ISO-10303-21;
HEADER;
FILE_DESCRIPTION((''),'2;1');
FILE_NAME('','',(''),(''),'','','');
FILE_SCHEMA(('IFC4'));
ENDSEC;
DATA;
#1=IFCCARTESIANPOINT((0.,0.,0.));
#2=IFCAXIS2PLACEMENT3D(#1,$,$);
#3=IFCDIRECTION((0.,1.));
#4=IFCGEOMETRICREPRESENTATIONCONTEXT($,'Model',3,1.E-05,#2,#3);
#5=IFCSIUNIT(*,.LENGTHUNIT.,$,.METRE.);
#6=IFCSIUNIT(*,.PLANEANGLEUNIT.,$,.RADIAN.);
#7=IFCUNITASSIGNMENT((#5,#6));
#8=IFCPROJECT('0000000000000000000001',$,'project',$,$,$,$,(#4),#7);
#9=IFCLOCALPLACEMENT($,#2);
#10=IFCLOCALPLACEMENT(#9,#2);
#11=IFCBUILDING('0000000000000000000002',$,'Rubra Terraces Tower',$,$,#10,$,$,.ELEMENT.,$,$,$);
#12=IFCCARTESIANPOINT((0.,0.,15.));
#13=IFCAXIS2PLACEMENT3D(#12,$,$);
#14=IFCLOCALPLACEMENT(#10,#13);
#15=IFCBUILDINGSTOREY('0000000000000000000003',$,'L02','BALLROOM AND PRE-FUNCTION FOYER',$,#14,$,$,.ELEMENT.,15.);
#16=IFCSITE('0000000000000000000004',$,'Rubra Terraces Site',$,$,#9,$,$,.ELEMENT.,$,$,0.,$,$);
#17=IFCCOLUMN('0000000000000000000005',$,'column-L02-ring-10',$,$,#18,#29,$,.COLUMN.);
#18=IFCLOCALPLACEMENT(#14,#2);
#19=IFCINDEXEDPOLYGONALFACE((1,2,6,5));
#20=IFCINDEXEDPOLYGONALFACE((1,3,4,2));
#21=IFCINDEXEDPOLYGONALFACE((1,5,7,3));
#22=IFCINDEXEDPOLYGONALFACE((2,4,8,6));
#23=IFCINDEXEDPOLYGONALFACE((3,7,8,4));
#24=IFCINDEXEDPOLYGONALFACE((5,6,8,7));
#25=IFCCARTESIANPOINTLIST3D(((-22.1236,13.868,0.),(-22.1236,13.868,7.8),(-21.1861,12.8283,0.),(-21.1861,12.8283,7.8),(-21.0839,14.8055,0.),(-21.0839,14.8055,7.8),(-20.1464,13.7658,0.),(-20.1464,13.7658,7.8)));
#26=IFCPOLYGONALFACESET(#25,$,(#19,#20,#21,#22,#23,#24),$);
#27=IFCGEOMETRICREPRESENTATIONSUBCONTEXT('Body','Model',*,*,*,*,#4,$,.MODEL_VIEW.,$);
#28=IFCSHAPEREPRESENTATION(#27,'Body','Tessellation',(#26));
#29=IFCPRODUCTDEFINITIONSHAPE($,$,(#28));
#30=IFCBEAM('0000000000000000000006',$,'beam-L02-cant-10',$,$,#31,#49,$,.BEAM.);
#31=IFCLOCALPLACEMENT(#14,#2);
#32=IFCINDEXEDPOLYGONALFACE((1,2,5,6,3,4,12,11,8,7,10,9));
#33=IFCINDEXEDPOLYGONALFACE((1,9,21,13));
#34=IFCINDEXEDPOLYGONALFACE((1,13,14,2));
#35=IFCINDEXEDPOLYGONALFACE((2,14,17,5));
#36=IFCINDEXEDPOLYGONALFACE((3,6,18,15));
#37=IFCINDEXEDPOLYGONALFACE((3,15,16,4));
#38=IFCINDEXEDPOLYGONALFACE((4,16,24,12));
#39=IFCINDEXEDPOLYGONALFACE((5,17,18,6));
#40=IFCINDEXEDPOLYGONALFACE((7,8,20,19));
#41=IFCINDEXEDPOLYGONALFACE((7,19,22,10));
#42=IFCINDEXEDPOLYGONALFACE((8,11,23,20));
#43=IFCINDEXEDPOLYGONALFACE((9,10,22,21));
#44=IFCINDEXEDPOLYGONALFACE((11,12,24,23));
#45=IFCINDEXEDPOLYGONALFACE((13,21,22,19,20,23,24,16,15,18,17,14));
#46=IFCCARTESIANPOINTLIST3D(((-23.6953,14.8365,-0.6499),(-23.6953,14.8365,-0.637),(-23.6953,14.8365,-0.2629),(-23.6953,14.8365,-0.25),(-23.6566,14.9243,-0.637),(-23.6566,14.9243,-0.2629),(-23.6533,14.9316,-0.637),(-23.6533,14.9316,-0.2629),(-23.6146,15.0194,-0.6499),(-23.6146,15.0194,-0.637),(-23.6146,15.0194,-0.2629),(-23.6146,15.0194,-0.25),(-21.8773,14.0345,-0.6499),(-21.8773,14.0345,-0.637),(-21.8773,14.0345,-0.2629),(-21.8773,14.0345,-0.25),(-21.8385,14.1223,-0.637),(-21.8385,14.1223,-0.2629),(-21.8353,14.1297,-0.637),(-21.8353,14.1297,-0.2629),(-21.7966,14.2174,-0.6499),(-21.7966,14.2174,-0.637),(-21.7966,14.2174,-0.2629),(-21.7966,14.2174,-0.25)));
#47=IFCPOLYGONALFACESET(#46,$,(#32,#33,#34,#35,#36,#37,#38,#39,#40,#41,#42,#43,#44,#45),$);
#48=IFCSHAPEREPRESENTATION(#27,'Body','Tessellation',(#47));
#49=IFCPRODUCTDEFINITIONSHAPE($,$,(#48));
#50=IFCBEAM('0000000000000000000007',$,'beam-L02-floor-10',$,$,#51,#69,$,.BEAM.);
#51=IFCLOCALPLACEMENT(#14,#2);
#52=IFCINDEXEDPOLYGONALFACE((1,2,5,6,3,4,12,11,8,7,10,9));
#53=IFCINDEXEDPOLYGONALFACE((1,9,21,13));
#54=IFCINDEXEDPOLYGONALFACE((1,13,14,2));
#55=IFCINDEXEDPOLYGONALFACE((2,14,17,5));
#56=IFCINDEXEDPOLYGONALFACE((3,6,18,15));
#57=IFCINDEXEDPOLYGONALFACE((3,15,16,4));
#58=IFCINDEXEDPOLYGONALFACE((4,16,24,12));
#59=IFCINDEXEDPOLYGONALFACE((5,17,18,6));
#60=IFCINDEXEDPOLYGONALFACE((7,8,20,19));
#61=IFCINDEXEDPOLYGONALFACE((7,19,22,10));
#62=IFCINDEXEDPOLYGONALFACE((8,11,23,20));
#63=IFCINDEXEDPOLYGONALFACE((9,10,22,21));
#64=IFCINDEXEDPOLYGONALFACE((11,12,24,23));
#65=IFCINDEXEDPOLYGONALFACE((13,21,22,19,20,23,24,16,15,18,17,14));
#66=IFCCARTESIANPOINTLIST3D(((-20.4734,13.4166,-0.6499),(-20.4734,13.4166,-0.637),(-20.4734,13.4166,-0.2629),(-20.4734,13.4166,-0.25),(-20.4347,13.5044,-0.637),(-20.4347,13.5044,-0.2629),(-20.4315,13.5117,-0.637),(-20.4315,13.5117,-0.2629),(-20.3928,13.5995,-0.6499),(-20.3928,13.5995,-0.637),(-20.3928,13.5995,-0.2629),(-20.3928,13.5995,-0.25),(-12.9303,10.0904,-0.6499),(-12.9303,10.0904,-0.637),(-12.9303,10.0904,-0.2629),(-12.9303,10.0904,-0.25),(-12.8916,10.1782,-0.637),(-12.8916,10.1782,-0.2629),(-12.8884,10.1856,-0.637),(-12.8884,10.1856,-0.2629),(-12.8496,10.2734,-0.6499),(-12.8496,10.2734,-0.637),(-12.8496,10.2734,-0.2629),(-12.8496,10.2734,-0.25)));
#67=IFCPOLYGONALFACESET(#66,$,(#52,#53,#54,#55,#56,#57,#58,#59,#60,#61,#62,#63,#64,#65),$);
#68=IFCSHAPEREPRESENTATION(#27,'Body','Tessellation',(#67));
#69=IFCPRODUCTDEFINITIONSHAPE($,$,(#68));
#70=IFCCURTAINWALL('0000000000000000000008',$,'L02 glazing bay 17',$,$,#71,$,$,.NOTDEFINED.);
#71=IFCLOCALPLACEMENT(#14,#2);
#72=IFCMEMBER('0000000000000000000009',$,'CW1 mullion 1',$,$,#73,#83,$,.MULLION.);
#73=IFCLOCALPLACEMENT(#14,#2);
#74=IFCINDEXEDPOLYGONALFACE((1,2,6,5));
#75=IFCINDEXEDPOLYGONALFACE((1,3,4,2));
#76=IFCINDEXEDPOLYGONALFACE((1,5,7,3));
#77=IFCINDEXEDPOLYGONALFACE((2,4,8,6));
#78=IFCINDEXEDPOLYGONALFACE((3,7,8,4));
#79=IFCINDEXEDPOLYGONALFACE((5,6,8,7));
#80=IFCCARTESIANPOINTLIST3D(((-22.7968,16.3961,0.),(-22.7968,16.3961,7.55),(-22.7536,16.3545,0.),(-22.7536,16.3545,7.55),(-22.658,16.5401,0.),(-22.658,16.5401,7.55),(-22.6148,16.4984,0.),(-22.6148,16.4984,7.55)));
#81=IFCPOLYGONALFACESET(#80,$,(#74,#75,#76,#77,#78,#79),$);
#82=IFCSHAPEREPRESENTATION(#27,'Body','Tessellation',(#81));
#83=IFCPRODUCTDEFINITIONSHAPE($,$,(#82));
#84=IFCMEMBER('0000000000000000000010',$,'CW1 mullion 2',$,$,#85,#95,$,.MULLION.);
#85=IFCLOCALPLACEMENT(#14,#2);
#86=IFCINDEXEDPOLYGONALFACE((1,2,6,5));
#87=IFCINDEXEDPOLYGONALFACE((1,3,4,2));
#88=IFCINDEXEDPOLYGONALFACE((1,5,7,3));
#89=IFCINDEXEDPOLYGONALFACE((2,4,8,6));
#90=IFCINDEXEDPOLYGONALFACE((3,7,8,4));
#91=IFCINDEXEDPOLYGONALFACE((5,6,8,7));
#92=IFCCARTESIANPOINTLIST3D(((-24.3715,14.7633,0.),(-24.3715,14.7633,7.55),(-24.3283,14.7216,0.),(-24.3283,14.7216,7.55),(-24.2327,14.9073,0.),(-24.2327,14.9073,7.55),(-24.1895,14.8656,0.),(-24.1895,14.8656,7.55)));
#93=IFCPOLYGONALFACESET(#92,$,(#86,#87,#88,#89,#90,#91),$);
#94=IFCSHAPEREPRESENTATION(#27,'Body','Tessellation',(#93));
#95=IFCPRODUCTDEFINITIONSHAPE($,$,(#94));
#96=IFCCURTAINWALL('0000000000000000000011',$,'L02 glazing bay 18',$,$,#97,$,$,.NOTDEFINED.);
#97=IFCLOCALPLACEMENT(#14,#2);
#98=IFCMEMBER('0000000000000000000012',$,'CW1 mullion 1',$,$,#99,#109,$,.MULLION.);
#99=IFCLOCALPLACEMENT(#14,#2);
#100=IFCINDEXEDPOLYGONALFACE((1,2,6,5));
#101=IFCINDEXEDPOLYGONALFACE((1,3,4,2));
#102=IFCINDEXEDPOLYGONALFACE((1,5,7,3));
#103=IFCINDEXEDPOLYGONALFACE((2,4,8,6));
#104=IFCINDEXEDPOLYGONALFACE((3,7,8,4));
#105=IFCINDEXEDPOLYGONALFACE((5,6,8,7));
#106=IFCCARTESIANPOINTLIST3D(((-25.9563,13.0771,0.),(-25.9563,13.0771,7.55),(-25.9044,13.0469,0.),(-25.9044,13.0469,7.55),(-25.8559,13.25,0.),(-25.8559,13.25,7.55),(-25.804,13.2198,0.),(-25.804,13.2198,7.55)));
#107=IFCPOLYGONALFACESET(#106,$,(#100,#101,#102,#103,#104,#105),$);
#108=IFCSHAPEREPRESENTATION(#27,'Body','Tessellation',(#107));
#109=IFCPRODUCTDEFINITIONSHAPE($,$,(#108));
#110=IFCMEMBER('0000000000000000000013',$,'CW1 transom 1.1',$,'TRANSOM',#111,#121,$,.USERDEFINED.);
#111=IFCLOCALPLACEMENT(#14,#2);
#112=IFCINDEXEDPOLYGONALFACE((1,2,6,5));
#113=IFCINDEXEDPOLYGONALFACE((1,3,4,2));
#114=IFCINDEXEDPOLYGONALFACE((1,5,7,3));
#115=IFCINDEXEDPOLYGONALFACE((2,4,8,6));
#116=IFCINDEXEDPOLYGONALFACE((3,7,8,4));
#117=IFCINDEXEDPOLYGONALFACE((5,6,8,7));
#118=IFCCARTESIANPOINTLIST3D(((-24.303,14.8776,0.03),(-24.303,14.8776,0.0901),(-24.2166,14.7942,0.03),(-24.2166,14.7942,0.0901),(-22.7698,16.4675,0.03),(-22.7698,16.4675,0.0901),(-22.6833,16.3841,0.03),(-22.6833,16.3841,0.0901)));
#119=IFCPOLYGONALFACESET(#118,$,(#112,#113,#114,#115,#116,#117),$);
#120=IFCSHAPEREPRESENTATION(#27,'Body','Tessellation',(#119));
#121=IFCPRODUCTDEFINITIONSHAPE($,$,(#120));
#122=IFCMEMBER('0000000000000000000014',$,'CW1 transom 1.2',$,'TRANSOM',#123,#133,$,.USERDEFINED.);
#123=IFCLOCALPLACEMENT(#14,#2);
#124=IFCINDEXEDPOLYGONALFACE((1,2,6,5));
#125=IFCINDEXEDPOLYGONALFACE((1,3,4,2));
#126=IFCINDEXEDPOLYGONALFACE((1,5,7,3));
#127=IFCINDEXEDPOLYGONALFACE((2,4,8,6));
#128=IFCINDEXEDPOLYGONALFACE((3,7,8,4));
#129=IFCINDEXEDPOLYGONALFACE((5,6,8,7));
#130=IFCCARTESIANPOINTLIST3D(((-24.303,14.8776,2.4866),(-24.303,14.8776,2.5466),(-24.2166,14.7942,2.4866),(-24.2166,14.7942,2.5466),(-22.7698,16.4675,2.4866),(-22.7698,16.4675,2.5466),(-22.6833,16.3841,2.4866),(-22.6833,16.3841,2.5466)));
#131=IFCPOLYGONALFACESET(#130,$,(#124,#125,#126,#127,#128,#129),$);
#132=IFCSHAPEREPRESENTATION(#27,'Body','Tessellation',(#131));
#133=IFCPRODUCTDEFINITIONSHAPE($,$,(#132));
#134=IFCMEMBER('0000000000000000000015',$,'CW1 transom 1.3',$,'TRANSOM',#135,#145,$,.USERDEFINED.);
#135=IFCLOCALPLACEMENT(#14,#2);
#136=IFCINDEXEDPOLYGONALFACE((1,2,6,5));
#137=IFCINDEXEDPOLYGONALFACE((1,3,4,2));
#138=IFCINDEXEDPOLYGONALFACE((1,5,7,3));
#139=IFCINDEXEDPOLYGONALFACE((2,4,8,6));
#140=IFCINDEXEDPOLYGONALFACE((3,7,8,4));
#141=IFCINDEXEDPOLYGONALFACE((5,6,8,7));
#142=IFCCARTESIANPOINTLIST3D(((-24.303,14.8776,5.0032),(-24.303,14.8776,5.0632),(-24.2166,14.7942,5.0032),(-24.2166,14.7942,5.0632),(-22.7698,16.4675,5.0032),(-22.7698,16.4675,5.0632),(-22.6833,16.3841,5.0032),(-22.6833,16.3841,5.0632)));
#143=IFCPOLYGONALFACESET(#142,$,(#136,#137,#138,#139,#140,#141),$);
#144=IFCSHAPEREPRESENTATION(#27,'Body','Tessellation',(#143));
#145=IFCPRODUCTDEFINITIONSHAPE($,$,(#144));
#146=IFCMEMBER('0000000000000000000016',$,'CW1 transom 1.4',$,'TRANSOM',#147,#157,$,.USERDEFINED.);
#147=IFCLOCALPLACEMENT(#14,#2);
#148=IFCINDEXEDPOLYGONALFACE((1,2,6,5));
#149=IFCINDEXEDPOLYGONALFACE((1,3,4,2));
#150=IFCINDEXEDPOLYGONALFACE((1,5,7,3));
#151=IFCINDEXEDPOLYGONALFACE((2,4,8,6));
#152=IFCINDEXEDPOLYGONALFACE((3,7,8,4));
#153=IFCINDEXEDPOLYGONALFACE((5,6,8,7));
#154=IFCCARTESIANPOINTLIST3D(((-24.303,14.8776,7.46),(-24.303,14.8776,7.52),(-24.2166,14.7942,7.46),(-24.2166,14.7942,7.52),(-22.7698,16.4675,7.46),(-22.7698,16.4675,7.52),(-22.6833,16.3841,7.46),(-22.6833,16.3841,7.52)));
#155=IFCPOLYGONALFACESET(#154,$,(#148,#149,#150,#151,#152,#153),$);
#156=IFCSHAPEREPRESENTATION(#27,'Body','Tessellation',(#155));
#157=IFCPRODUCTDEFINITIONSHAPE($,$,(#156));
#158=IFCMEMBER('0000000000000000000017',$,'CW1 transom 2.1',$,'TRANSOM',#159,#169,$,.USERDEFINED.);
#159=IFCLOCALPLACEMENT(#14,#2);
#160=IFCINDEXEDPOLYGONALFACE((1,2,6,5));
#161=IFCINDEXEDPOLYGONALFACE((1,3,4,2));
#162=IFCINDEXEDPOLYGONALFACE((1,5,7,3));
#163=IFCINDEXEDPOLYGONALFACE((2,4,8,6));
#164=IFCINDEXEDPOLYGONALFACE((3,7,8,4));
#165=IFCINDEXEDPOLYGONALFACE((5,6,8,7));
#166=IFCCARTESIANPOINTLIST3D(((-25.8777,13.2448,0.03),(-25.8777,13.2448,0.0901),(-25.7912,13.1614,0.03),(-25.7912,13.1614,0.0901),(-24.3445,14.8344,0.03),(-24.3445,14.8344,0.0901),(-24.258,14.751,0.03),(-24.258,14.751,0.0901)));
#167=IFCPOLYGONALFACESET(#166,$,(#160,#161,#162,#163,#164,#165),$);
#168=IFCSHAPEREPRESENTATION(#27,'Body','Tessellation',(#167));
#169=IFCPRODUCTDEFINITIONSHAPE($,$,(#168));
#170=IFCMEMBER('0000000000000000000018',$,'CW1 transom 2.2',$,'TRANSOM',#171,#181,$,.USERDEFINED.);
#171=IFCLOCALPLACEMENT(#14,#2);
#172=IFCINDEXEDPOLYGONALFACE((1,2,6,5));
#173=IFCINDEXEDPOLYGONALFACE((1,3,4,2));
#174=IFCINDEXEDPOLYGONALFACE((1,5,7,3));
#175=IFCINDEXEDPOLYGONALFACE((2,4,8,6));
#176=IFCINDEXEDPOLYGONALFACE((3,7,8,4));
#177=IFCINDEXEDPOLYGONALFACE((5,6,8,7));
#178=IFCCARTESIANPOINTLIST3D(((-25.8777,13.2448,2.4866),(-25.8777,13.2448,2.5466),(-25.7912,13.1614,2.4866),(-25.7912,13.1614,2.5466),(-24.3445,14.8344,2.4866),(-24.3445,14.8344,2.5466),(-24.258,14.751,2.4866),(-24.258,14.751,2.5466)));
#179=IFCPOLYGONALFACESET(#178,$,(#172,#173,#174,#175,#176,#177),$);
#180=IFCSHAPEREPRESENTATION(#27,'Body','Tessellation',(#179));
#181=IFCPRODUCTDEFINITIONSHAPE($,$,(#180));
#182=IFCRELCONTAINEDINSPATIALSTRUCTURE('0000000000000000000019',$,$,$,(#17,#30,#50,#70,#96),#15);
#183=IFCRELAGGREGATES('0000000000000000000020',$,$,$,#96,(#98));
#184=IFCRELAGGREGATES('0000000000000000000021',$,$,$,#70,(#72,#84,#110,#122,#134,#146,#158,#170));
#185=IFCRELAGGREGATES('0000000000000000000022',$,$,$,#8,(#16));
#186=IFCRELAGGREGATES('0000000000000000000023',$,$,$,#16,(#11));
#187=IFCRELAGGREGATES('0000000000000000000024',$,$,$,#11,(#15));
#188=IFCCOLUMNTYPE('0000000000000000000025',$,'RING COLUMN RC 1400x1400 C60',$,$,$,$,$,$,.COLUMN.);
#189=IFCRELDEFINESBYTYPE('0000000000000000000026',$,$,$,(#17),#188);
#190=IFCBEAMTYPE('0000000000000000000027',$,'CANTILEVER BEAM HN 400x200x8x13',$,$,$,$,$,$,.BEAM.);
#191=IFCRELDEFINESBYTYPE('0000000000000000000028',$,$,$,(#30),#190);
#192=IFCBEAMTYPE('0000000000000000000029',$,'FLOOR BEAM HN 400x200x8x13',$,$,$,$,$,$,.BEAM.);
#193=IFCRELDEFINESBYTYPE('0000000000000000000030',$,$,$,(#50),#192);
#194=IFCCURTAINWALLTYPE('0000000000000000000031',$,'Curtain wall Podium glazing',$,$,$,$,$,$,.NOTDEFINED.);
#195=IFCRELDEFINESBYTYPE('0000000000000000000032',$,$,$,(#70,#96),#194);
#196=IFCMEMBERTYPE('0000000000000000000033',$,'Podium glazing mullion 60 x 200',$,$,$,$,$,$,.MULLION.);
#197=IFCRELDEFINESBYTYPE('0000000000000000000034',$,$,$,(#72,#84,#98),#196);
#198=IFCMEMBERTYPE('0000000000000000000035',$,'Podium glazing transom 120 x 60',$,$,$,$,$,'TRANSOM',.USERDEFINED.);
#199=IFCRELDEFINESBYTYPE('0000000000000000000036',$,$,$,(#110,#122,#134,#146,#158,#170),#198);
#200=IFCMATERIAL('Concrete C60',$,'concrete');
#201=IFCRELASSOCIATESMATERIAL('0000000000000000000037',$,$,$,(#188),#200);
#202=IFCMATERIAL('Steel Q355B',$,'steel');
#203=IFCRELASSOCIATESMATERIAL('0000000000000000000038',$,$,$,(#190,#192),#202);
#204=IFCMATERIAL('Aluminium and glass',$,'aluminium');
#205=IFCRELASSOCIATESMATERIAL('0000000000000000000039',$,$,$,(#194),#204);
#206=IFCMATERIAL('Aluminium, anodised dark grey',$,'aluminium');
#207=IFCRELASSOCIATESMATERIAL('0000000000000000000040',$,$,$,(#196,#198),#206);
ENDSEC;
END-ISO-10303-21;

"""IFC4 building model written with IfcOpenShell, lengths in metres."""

from ifc_helpers import new_model, si_unit, direction, frame, origin, origin_2d, place, context, subcontext, project, spatial, rectangle, i_section, extrude, material, material_profile, profile_set, type_object, element, aggregate, save


model = new_model("IFC4")

# Units and contexts
model_context = context("Model", 3, precision=1e-05, world=origin(), true_north=direction((0.0, 1.0)))
body_context = subcontext(model_context, "Body", "Model", "MODEL_VIEW")
ifc_project = project(units=[si_unit("LENGTHUNIT", "METRE"), si_unit("PLANEANGLEUNIT", "RADIAN")], contexts=[model_context])

# Site, building, storey
site_placement = place(None, origin())
site = spatial("IfcSite", under=ifc_project, at=site_placement, Name="Rubra Terraces Site", CompositionType="ELEMENT", RefElevation=0.0)
building_placement = place(site_placement, origin())
building = spatial("IfcBuilding", under=site, at=building_placement, Name="Rubra Terraces Tower", CompositionType="ELEMENT")
storey_placement = place(building_placement, frame((0.0, 0.0, 15.0)))
storey = spatial("IfcBuildingStorey", under=building, at=storey_placement, Name="L02", Description="BALLROOM AND PRE-FUNCTION FOYER", CompositionType="ELEMENT", Elevation=15.0)

# Column
ifc_material_1 = material(Name="Concrete C60", Category="concrete")
ifc_material_profile_1 = material_profile(ifc_material_1, rectangle(XDim=1.3999, YDim=1.3999, at=origin_2d()), Name="RC 1400x1400")
ifc_profile_set_1 = profile_set([ifc_material_profile_1], Name="Concrete C60")
column_type = type_object("IfcColumnType", Name="RING COLUMN RC 1400x1400 C60", PredefinedType="COLUMN", material=ifc_profile_set_1)
column_placement = place(storey_placement, frame((-21.135, 13.8169, 0.0), z_axis=(0.0, 0.0, 1.0), x_axis=(-0.742676, -0.669651, 0.0)))
element("IfcColumn", 1, at=column_placement, inside=storey, type_object=column_type, Name="column-L02-ring-10", PredefinedType="COLUMN", context=body_context, shape_type="SweptSolid", body=[
    extrude(rectangle(XDim=1.3999, YDim=1.3999, at=origin_2d()), origin(), (0.0, 0.0, 1.0), 7.8),
])

# Beams
ifc_material_2 = material(Name="Steel Q355B", Category="steel")
ifc_material_profile_2 = material_profile(ifc_material_2, i_section(OverallWidth=0.2, OverallDepth=0.3999, WebThickness=0.0081, FlangeThickness=0.0129, at=origin_2d()), Name="HN 400x200x8x13")
ifc_profile_set_2 = profile_set([ifc_material_profile_2], Name="Steel Q355B")
beam_type_1 = type_object("IfcBeamType", Name="CANTILEVER BEAM HN 400x200x8x13", PredefinedType="BEAM", material=ifc_profile_set_2)
beam_1_placement = place(storey_placement, frame((-21.8369, 14.126, -0.45), z_axis=(-0.914938, 0.403595, 0.0), x_axis=(-0.403595, -0.914938, 0.0)))
element("IfcBeam", 2, at=beam_1_placement, inside=storey, type_object=beam_type_1, Name="beam-L02-cant-10", PredefinedType="BEAM", context=body_context, shape_type="SweptSolid", body=[
    extrude(i_section(OverallWidth=0.2, OverallDepth=0.3999, WebThickness=0.0081, FlangeThickness=0.0129, at=origin_2d()), origin(), (0.0, 0.0, 1.0), 1.9871),
])
ifc_material_profile_3 = material_profile(ifc_material_2, i_section(OverallWidth=0.2, OverallDepth=0.3999, WebThickness=0.0081, FlangeThickness=0.0129, at=origin_2d()), Name="HN 400x200x8x13")
ifc_profile_set_3 = profile_set([ifc_material_profile_3], Name="Steel Q355B")
beam_type_2 = type_object("IfcBeamType", Name="FLOOR BEAM HN 400x200x8x13", PredefinedType="BEAM", material=ifc_profile_set_3)
beam_2_placement = place(storey_placement, frame((-20.4331, 13.5081, -0.45), z_axis=(0.914995, -0.403466, 0.0), x_axis=(0.403466, 0.914995, 0.0)))
element("IfcBeam", 3, at=beam_2_placement, inside=storey, type_object=beam_type_2, Name="beam-L02-floor-10", PredefinedType="BEAM", context=body_context, shape_type="SweptSolid", body=[
    extrude(i_section(OverallWidth=0.2, OverallDepth=0.3999, WebThickness=0.0081, FlangeThickness=0.0129, at=origin_2d()), origin(), (0.0, 0.0, 1.0), 8.2439),
])

# Curtain wall, members
ifc_material_3 = material(Name="Aluminium and glass", Category="aluminium")
curtain_wall_type = type_object("IfcCurtainWallType", Name="Curtain wall Podium glazing", PredefinedType="NOTDEFINED", material=ifc_material_3)
curtain_wall_1_placement = place(storey_placement, origin())
curtain_wall_1 = element("IfcCurtainWall", 4, at=curtain_wall_1_placement, inside=storey, type_object=curtain_wall_type, Name="L02 glazing bay 17", PredefinedType="NOTDEFINED")
ifc_material_4 = material(Name="Aluminium, anodised dark grey", Category="aluminium")
ifc_material_profile_4 = material_profile(ifc_material_4, rectangle(XDim=0.0601, YDim=0.2, at=origin_2d()), Name="AL 60x200")
ifc_profile_set_4 = profile_set([ifc_material_profile_4], Name="Aluminium, anodised dark grey")
member_type_1 = type_object("IfcMemberType", Name="Podium glazing mullion 60 x 200", PredefinedType="MULLION", material=ifc_profile_set_4)
member_1_placement = place(storey_placement, frame((-22.7058, 16.4473, 0.0), z_axis=(0.0, 0.0, 1.0), x_axis=(0.719825, -0.694156, 0.0)))
member_1 = element("IfcMember", 5, at=member_1_placement, type_object=member_type_1, Name="CW1 mullion 1", PredefinedType="MULLION", context=body_context, shape_type="SweptSolid", body=[
    extrude(rectangle(XDim=0.0601, YDim=0.2, at=origin_2d()), origin(), (0.0, 0.0, 1.0), 7.55),
])
member_2_placement = place(storey_placement, frame((-24.2805, 14.8145, 0.0), z_axis=(0.0, 0.0, 1.0), x_axis=(0.719825, -0.694156, 0.0)))
member_2 = element("IfcMember", 6, at=member_2_placement, type_object=member_type_1, Name="CW1 mullion 2", PredefinedType="MULLION", context=body_context, shape_type="SweptSolid", body=[
    extrude(rectangle(XDim=0.0601, YDim=0.2, at=origin_2d()), origin(), (0.0, 0.0, 1.0), 7.55),
])

# Curtain wall, member
curtain_wall_2_placement = place(storey_placement, origin())
curtain_wall_2 = element("IfcCurtainWall", 7, at=curtain_wall_2_placement, inside=storey, type_object=curtain_wall_type, Name="L02 glazing bay 18", PredefinedType="NOTDEFINED")
member_3_placement = place(storey_placement, frame((-25.8801, 13.1484, 0.0), z_axis=(0.0, 0.0, 1.0), x_axis=(0.864813, -0.502094, 0.0)))
member_3 = element("IfcMember", 8, at=member_3_placement, type_object=member_type_1, Name="CW1 mullion 1", PredefinedType="MULLION", context=body_context, shape_type="SweptSolid", body=[
    extrude(rectangle(XDim=0.0601, YDim=0.2, at=origin_2d()), origin(), (0.0, 0.0, 1.0), 7.55),
])
aggregate(curtain_wall_2, [member_3])

# Members
ifc_material_profile_5 = material_profile(ifc_material_4, rectangle(XDim=0.1201, YDim=0.0601, at=origin_2d()), Name="AL 120x60")
ifc_profile_set_5 = profile_set([ifc_material_profile_5], Name="Aluminium, anodised dark grey")
member_type_2 = type_object("IfcMemberType", Name="Podium glazing transom 120 x 60", ElementType="TRANSOM", PredefinedType="USERDEFINED", material=ifc_profile_set_5)
member_4_placement = place(storey_placement, frame((-22.7266, 16.4258, 0.0601), z_axis=(-0.694168, -0.719813, 0.0), x_axis=(0.719813, -0.694168, 0.0)))
member_4 = element("IfcMember", 9, at=member_4_placement, type_object=member_type_2, Name="CW1 transom 1.1", ObjectType="TRANSOM", PredefinedType="USERDEFINED", context=body_context, shape_type="SweptSolid", body=[
    extrude(rectangle(XDim=0.1201, YDim=0.0601, at=origin_2d()), origin(), (0.0, 0.0, 1.0), 2.2087),
])
member_5_placement = place(storey_placement, frame((-22.7266, 16.4258, 2.5166), z_axis=(-0.694168, -0.719813, 0.0), x_axis=(0.719813, -0.694168, 0.0)))
member_5 = element("IfcMember", 10, at=member_5_placement, type_object=member_type_2, Name="CW1 transom 1.2", ObjectType="TRANSOM", PredefinedType="USERDEFINED", context=body_context, shape_type="SweptSolid", body=[
    extrude(rectangle(XDim=0.1201, YDim=0.0601, at=origin_2d()), origin(), (0.0, 0.0, 1.0), 2.2087),
])
member_6_placement = place(storey_placement, frame((-22.7266, 16.4258, 5.0332), z_axis=(-0.694168, -0.719813, 0.0), x_axis=(0.719813, -0.694168, 0.0)))
member_6 = element("IfcMember", 11, at=member_6_placement, type_object=member_type_2, Name="CW1 transom 1.3", ObjectType="TRANSOM", PredefinedType="USERDEFINED", context=body_context, shape_type="SweptSolid", body=[
    extrude(rectangle(XDim=0.1201, YDim=0.0601, at=origin_2d()), origin(), (0.0, 0.0, 1.0), 2.2087),
])
member_7_placement = place(storey_placement, frame((-22.7266, 16.4258, 7.49), z_axis=(-0.694168, -0.719813, 0.0), x_axis=(0.719813, -0.694168, 0.0)))
member_7 = element("IfcMember", 12, at=member_7_placement, type_object=member_type_2, Name="CW1 transom 1.4", ObjectType="TRANSOM", PredefinedType="USERDEFINED", context=body_context, shape_type="SweptSolid", body=[
    extrude(rectangle(XDim=0.1201, YDim=0.0601, at=origin_2d()), origin(), (0.0, 0.0, 1.0), 2.2087),
])
member_8_placement = place(storey_placement, frame((-24.3013, 14.7927, 0.0601), z_axis=(-0.694224, -0.719759, 0.0), x_axis=(0.719759, -0.694224, 0.0)))
member_8 = element("IfcMember", 13, at=member_8_placement, type_object=member_type_2, Name="CW1 transom 2.1", ObjectType="TRANSOM", PredefinedType="USERDEFINED", context=body_context, shape_type="SweptSolid", body=[
    extrude(rectangle(XDim=0.1201, YDim=0.0601, at=origin_2d()), origin(), (0.0, 0.0, 1.0), 2.2085),
])
member_9_placement = place(storey_placement, frame((-24.3013, 14.7927, 2.5166), z_axis=(-0.694224, -0.719759, 0.0), x_axis=(0.719759, -0.694224, 0.0)))
member_9 = element("IfcMember", 14, at=member_9_placement, type_object=member_type_2, Name="CW1 transom 2.2", ObjectType="TRANSOM", PredefinedType="USERDEFINED", context=body_context, shape_type="SweptSolid", body=[
    extrude(rectangle(XDim=0.1201, YDim=0.0601, at=origin_2d()), origin(), (0.0, 0.0, 1.0), 2.2085),
])

aggregate(curtain_wall_1, [member_1, member_2, member_4, member_5, member_6, member_7, member_8, member_9])

save(model, "model.ifc")
